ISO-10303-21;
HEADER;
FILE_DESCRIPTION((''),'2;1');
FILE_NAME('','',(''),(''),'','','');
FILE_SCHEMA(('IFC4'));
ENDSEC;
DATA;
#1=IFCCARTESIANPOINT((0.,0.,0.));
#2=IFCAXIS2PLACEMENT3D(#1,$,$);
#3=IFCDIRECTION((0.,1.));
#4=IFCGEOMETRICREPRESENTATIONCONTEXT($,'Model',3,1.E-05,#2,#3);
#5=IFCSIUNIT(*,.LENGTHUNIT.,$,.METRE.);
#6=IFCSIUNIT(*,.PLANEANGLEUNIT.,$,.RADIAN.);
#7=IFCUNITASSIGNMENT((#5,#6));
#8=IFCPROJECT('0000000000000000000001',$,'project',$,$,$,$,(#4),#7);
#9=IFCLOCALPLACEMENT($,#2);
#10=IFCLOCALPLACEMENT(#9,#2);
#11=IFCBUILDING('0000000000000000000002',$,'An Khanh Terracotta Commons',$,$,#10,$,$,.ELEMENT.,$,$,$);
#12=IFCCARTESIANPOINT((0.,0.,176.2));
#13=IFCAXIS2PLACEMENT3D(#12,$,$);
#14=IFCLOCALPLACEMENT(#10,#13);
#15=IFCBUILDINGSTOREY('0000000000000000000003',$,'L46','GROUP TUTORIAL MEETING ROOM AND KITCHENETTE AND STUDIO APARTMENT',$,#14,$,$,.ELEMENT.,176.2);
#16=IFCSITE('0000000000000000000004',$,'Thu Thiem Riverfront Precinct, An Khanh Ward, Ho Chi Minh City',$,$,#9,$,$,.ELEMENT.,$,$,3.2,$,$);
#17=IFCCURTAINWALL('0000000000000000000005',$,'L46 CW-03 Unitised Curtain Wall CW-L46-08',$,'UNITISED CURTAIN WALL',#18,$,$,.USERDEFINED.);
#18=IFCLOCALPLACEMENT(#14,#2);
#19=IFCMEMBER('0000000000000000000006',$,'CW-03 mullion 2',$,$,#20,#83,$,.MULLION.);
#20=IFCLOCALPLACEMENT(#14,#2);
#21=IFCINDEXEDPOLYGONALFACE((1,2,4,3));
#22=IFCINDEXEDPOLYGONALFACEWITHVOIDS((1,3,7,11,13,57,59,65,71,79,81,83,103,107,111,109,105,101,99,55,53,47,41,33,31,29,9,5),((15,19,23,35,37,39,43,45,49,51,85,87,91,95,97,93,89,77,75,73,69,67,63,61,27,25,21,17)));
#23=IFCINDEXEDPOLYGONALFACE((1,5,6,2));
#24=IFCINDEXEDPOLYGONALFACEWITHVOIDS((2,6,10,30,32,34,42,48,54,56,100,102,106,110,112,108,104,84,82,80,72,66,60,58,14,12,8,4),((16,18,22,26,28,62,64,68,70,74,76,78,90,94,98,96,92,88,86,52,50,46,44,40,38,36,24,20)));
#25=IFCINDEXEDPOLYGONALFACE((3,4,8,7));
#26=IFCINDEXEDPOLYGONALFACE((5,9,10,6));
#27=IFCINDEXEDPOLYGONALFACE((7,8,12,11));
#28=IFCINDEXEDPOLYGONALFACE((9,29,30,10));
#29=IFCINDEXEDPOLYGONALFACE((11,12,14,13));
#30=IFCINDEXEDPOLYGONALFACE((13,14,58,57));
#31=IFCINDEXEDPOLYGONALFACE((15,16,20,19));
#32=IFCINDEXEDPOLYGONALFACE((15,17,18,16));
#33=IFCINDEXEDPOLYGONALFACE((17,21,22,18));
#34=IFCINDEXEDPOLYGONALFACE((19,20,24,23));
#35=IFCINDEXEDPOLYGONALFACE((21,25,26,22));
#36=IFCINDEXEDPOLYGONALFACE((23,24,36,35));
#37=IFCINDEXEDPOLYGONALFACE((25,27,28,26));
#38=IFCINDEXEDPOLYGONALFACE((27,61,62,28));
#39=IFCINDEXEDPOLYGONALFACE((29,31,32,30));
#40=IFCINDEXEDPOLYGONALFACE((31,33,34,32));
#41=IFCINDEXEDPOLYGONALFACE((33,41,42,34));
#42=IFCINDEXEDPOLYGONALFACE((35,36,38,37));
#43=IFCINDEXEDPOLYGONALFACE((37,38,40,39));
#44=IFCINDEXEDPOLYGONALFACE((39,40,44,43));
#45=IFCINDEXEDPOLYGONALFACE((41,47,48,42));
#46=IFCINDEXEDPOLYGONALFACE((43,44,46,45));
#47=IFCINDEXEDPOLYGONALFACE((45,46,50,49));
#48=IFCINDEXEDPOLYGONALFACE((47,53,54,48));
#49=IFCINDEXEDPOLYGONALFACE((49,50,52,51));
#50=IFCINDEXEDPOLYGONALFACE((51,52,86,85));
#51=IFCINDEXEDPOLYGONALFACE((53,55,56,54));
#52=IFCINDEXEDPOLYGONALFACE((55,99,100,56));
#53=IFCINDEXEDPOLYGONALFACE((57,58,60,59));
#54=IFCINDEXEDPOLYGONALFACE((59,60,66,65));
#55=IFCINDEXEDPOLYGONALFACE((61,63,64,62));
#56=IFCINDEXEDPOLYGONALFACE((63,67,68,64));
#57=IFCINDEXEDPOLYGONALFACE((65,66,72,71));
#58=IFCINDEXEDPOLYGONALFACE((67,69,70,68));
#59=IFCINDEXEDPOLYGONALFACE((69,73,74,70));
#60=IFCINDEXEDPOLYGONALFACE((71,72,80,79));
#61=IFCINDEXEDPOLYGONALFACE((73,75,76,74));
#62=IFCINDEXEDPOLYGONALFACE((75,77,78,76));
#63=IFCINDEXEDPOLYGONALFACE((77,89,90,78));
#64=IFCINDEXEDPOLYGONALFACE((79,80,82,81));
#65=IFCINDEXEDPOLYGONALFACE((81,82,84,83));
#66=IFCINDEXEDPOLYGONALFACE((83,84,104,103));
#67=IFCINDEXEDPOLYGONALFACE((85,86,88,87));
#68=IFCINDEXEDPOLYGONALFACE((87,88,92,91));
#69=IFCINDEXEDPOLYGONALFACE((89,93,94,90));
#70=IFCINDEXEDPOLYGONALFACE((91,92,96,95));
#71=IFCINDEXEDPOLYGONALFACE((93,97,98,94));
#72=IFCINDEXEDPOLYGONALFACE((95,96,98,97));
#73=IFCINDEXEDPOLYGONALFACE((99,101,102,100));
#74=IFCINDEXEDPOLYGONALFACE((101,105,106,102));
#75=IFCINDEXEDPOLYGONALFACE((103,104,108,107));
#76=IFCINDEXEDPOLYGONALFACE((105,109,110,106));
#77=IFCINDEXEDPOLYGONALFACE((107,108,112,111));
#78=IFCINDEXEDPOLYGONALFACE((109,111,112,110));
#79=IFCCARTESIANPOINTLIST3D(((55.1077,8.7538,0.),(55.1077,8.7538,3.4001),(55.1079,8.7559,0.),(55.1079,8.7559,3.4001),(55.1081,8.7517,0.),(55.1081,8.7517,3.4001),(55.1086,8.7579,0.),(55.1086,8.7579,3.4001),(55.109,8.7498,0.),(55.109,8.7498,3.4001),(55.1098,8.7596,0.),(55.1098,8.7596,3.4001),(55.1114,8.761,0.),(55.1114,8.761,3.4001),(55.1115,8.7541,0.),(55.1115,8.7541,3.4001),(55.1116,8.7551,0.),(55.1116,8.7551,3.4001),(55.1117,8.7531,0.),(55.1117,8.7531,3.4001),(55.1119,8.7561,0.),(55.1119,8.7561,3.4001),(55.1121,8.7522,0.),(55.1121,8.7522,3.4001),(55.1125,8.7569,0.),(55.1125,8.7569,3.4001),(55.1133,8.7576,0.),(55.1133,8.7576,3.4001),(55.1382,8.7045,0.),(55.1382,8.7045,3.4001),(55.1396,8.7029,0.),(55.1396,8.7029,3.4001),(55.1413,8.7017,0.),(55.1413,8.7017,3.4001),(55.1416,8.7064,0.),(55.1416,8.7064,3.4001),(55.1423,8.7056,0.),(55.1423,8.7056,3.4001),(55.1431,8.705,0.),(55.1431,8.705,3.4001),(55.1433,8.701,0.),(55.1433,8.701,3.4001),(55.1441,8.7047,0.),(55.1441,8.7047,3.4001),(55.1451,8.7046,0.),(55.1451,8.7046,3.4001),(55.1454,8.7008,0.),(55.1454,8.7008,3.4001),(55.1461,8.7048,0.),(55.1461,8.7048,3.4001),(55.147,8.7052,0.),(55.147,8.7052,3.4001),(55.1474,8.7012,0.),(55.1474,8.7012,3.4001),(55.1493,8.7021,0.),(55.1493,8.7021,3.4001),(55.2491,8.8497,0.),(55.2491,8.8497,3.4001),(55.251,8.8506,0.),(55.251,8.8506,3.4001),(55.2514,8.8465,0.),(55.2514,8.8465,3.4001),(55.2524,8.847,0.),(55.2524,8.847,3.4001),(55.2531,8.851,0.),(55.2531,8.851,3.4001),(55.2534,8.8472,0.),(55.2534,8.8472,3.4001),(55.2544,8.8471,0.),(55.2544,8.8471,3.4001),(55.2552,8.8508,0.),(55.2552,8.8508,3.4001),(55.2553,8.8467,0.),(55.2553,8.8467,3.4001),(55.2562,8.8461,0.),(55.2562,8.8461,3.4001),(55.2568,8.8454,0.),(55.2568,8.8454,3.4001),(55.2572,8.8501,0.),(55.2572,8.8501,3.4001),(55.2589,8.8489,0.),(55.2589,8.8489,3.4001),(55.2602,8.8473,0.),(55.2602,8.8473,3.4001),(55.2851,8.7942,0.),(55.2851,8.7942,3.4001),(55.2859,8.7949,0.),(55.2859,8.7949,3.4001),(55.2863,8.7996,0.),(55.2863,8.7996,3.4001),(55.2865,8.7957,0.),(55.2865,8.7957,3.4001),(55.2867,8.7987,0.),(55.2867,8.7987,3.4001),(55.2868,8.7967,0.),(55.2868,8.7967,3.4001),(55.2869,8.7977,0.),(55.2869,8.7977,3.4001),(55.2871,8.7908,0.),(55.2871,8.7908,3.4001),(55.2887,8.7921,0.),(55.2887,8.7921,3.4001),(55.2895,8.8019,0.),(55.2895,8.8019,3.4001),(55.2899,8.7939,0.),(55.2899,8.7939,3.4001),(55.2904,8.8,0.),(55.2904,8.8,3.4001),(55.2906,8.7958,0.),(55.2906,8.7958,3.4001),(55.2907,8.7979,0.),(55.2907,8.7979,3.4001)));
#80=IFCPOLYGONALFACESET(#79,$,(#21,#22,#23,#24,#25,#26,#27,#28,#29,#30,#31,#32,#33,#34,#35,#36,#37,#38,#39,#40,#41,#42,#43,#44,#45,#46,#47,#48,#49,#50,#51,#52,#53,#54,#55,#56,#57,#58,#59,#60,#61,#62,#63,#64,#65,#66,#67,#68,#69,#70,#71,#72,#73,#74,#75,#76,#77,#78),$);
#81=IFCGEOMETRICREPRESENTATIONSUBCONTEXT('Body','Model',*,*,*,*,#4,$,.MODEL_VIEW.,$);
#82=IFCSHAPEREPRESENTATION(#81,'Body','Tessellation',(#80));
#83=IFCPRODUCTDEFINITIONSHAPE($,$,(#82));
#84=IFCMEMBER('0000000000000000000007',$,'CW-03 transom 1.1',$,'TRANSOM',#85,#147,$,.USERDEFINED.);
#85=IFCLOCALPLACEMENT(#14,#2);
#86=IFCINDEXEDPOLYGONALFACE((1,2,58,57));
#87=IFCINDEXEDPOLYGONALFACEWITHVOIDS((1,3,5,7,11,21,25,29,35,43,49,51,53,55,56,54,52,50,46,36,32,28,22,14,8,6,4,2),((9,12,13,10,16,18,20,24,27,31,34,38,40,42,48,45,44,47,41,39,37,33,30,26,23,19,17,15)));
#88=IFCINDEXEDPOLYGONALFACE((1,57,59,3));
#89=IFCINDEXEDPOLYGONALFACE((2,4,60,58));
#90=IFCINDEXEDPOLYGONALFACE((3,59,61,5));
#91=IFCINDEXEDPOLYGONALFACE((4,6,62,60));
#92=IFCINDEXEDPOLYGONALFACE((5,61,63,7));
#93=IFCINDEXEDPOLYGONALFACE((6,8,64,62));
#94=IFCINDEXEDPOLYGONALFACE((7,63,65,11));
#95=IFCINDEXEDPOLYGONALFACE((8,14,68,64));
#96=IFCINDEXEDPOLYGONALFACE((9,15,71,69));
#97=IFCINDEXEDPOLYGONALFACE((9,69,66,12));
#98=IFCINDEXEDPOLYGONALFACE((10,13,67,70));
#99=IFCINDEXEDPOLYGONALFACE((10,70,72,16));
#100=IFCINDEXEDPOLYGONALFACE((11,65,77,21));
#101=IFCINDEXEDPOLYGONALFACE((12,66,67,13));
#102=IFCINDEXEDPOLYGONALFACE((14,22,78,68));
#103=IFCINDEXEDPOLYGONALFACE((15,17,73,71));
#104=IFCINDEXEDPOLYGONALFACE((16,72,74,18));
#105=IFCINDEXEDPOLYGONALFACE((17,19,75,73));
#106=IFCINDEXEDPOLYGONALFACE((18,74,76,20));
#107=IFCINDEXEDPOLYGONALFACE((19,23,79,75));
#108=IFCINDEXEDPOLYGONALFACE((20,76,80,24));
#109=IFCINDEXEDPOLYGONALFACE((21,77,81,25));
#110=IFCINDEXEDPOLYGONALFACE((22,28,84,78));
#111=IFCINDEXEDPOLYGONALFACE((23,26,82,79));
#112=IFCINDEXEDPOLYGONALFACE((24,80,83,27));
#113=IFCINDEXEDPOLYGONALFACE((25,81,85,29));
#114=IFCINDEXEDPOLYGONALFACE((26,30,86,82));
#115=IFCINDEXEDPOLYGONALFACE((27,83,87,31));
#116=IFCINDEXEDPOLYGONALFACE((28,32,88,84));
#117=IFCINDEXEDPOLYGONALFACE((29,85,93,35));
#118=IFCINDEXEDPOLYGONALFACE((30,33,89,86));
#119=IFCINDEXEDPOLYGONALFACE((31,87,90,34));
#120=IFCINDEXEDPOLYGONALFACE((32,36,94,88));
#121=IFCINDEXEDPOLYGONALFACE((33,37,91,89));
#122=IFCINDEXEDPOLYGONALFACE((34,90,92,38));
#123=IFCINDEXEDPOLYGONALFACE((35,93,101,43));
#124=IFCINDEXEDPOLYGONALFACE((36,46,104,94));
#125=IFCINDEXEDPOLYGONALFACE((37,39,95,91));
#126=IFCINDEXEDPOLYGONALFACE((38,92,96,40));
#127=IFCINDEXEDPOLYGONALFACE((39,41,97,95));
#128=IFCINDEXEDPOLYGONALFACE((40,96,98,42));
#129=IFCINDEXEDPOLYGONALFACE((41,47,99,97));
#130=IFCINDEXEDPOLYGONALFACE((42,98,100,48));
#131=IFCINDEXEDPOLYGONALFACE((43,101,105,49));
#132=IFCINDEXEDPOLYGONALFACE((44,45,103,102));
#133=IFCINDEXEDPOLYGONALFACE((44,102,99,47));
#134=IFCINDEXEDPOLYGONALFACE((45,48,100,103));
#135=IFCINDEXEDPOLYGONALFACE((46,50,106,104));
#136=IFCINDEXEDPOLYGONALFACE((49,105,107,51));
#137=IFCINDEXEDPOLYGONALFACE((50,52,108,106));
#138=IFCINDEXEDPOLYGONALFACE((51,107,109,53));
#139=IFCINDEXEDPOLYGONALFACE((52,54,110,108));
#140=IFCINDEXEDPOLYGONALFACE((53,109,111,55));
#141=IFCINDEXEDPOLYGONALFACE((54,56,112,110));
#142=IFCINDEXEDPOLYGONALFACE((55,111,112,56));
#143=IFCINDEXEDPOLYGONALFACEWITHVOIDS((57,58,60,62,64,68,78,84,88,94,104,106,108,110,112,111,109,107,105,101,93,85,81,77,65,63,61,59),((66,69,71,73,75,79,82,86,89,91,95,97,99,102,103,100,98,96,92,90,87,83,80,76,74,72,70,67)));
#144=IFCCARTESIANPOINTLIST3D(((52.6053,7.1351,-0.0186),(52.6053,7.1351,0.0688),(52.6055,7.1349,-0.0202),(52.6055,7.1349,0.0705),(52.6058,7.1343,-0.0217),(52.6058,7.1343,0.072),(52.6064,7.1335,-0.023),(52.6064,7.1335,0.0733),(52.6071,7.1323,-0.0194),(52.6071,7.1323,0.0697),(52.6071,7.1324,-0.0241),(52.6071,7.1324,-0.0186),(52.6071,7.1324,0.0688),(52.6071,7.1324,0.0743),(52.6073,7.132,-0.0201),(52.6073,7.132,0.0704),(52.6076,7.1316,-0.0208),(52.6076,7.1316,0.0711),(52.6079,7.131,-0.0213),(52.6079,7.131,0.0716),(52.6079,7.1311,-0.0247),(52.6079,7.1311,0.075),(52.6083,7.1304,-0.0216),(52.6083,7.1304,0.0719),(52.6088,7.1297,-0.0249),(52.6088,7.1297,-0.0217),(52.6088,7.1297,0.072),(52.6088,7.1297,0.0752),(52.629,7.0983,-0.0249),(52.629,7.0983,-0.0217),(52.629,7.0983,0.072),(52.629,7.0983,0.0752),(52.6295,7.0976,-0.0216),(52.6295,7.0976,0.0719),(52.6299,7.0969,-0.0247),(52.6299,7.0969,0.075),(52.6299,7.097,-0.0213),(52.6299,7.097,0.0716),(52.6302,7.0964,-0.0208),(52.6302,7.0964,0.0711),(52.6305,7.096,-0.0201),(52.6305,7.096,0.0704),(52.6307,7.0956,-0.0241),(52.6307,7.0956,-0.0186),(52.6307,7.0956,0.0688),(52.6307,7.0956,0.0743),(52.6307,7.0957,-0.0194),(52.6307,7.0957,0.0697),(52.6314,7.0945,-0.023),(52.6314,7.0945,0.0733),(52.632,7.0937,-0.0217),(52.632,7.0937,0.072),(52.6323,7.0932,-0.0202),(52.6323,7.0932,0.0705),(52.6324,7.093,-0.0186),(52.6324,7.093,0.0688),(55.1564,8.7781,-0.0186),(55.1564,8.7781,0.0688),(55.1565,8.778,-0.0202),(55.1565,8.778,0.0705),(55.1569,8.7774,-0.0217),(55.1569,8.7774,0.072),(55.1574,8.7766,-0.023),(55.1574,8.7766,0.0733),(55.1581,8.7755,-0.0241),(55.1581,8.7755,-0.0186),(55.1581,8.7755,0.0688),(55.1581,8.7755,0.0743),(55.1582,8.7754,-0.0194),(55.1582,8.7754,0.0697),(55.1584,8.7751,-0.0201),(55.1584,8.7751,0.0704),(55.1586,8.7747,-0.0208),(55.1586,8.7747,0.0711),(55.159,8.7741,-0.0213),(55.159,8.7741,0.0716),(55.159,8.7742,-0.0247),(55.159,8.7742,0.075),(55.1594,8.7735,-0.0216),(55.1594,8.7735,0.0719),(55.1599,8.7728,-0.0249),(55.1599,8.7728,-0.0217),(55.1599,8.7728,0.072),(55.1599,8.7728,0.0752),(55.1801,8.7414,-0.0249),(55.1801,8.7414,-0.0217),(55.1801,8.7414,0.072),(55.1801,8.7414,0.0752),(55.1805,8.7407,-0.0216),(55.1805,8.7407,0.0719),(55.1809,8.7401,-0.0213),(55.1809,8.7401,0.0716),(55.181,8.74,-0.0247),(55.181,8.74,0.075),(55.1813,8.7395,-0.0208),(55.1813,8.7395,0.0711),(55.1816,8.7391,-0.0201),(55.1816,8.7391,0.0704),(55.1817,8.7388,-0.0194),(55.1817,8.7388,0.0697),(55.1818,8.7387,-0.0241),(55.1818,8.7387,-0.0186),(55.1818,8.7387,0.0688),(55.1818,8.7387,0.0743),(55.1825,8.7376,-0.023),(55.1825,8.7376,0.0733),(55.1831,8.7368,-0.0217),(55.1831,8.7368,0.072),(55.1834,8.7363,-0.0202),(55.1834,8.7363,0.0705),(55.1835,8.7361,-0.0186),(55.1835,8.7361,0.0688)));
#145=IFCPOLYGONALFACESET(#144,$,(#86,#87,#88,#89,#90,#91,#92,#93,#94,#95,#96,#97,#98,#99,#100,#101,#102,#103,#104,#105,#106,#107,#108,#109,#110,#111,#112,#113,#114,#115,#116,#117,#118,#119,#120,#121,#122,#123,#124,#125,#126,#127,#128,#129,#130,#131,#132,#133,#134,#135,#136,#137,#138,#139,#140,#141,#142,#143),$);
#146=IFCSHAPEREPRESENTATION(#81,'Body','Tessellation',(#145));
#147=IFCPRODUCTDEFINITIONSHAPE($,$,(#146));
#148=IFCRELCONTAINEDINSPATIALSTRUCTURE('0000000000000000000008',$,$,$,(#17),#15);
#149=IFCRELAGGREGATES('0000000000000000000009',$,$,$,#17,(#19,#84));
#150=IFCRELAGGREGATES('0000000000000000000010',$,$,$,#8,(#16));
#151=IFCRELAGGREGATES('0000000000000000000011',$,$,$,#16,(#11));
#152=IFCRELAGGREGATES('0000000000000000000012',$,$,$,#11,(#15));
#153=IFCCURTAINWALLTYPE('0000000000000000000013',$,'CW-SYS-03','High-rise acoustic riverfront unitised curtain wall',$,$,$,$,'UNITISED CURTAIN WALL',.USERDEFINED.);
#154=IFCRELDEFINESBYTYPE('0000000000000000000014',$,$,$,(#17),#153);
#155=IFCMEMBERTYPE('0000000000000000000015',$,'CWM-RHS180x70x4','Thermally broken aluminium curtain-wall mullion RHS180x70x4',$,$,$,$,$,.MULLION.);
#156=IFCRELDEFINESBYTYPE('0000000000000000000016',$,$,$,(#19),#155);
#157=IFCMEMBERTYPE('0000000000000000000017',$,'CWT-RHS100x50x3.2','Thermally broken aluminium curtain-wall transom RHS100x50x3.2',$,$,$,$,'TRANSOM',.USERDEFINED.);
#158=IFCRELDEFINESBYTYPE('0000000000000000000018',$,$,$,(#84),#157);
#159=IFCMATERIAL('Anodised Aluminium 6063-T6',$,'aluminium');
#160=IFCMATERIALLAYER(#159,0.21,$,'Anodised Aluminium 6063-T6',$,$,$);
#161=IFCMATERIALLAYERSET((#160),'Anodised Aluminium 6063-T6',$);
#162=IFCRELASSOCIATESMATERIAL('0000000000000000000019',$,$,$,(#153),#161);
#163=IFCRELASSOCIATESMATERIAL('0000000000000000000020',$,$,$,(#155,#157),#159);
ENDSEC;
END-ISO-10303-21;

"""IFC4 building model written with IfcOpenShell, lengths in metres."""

from ifc_helpers import new_model, si_unit, direction, frame, origin, origin_2d, place, context, subcontext, project, spatial, hollow_rectangle, extrude, material, layer, layer_set, material_profile, profile_set, type_object, element, aggregate, save


model = new_model("IFC4")

# Units and contexts
model_context = context("Model", 3, precision=1e-05, world=origin(), true_north=direction((0.0, 1.0)))
body_context = subcontext(model_context, "Body", "Model", "MODEL_VIEW")
ifc_project = project(units=[si_unit("LENGTHUNIT", "METRE"), si_unit("PLANEANGLEUNIT", "RADIAN")], contexts=[model_context])

# Site, building, storey
site_placement = place(None, origin())
site = spatial("IfcSite", under=ifc_project, at=site_placement, Name="Thu Thiem Riverfront Precinct, An Khanh Ward, Ho Chi Minh City", CompositionType="ELEMENT", RefElevation=3.2)
building_placement = place(site_placement, origin())
building = spatial("IfcBuilding", under=site, at=building_placement, Name="An Khanh Terracotta Commons", CompositionType="ELEMENT")
storey_placement = place(building_placement, frame((0.0, 0.0, 176.2)))
storey = spatial("IfcBuildingStorey", under=building, at=storey_placement, Name="L46", Description="GROUP TUTORIAL MEETING ROOM AND KITCHENETTE AND STUDIO APARTMENT", CompositionType="ELEMENT", Elevation=176.2)

# Curtain wall, members
ifc_material_1 = material(Name="Anodised Aluminium 6063-T6", Category="aluminium")
ifc_layer_1 = layer(ifc_material_1, 0.21, Name="Anodised Aluminium 6063-T6")
ifc_layer_set_1 = layer_set([ifc_layer_1], Name="Anodised Aluminium 6063-T6")
curtain_wall_type = type_object("IfcCurtainWallType", Name="CW-SYS-03", Description="High-rise acoustic riverfront unitised curtain wall", ElementType="UNITISED CURTAIN WALL", PredefinedType="USERDEFINED", material=ifc_layer_set_1)
curtain_wall_placement = place(storey_placement, origin())
curtain_wall = element("IfcCurtainWall", 1, at=curtain_wall_placement, inside=storey, type_object=curtain_wall_type, Name="L46 CW-03 Unitised Curtain Wall CW-L46-08", ObjectType="UNITISED CURTAIN WALL", PredefinedType="USERDEFINED")
ifc_material_profile_1 = material_profile(ifc_material_1, hollow_rectangle(XDim=0.0701, YDim=0.1799, WallThickness=0.0039, InnerFilletRadius=0.0039, OuterFilletRadius=0.0081, at=origin_2d()), Name="RHS180x70x4")
ifc_profile_set_1 = profile_set([ifc_material_profile_1], Name="Anodised Aluminium 6063-T6")
member_type_1 = type_object("IfcMemberType", Name="CWM-RHS180x70x4", Description="Thermally broken aluminium curtain-wall mullion RHS180x70x4", PredefinedType="MULLION", material=ifc_profile_set_1)
member_1_placement = place(storey_placement, frame((55.1992, 8.7759, 0.0), z_axis=(0.0, 0.0, 1.0), x_axis=(-0.541498, 0.840702, 0.0)))
member_1 = element("IfcMember", 2, at=member_1_placement, type_object=member_type_1, Name="CW-03 mullion 2", PredefinedType="MULLION", context=body_context, shape_type="SweptSolid", body=[
    extrude(hollow_rectangle(XDim=0.0701, YDim=0.1799, WallThickness=0.0039, InnerFilletRadius=0.0039, OuterFilletRadius=0.0081, at=origin_2d()), origin(), (0.0, 0.0, 1.0), 3.4001),
])
ifc_material_profile_2 = material_profile(ifc_material_1, hollow_rectangle(XDim=0.05, YDim=0.1001, WallThickness=0.0032, InnerFilletRadius=0.0032, OuterFilletRadius=0.0063, at=origin_2d()), Name="RHS100x50x3.2")
ifc_profile_set_2 = profile_set([ifc_material_profile_2], Name="Anodised Aluminium 6063-T6")
member_type_2 = type_object("IfcMemberType", Name="CWT-RHS100x50x3.2", Description="Thermally broken aluminium curtain-wall transom RHS100x50x3.2", ElementType="TRANSOM", PredefinedType="USERDEFINED", material=ifc_profile_set_2)
member_2_placement = place(storey_placement, frame((52.6189, 7.114, 0.0251), z_axis=(0.84071, 0.541485, 0.0), x_axis=(-0.541485, 0.84071, 0.0)))
member_2 = element("IfcMember", 3, at=member_2_placement, type_object=member_type_2, Name="CW-03 transom 1.1", ObjectType="TRANSOM", PredefinedType="USERDEFINED", context=body_context, shape_type="SweptSolid", body=[
    extrude(hollow_rectangle(XDim=0.05, YDim=0.1001, WallThickness=0.0032, InnerFilletRadius=0.0032, OuterFilletRadius=0.0063, at=origin_2d()), origin(), (0.0, 0.0, 1.0), 3.0344),
])
aggregate(curtain_wall, [member_1, member_2])

save(model, "model.ifc")
